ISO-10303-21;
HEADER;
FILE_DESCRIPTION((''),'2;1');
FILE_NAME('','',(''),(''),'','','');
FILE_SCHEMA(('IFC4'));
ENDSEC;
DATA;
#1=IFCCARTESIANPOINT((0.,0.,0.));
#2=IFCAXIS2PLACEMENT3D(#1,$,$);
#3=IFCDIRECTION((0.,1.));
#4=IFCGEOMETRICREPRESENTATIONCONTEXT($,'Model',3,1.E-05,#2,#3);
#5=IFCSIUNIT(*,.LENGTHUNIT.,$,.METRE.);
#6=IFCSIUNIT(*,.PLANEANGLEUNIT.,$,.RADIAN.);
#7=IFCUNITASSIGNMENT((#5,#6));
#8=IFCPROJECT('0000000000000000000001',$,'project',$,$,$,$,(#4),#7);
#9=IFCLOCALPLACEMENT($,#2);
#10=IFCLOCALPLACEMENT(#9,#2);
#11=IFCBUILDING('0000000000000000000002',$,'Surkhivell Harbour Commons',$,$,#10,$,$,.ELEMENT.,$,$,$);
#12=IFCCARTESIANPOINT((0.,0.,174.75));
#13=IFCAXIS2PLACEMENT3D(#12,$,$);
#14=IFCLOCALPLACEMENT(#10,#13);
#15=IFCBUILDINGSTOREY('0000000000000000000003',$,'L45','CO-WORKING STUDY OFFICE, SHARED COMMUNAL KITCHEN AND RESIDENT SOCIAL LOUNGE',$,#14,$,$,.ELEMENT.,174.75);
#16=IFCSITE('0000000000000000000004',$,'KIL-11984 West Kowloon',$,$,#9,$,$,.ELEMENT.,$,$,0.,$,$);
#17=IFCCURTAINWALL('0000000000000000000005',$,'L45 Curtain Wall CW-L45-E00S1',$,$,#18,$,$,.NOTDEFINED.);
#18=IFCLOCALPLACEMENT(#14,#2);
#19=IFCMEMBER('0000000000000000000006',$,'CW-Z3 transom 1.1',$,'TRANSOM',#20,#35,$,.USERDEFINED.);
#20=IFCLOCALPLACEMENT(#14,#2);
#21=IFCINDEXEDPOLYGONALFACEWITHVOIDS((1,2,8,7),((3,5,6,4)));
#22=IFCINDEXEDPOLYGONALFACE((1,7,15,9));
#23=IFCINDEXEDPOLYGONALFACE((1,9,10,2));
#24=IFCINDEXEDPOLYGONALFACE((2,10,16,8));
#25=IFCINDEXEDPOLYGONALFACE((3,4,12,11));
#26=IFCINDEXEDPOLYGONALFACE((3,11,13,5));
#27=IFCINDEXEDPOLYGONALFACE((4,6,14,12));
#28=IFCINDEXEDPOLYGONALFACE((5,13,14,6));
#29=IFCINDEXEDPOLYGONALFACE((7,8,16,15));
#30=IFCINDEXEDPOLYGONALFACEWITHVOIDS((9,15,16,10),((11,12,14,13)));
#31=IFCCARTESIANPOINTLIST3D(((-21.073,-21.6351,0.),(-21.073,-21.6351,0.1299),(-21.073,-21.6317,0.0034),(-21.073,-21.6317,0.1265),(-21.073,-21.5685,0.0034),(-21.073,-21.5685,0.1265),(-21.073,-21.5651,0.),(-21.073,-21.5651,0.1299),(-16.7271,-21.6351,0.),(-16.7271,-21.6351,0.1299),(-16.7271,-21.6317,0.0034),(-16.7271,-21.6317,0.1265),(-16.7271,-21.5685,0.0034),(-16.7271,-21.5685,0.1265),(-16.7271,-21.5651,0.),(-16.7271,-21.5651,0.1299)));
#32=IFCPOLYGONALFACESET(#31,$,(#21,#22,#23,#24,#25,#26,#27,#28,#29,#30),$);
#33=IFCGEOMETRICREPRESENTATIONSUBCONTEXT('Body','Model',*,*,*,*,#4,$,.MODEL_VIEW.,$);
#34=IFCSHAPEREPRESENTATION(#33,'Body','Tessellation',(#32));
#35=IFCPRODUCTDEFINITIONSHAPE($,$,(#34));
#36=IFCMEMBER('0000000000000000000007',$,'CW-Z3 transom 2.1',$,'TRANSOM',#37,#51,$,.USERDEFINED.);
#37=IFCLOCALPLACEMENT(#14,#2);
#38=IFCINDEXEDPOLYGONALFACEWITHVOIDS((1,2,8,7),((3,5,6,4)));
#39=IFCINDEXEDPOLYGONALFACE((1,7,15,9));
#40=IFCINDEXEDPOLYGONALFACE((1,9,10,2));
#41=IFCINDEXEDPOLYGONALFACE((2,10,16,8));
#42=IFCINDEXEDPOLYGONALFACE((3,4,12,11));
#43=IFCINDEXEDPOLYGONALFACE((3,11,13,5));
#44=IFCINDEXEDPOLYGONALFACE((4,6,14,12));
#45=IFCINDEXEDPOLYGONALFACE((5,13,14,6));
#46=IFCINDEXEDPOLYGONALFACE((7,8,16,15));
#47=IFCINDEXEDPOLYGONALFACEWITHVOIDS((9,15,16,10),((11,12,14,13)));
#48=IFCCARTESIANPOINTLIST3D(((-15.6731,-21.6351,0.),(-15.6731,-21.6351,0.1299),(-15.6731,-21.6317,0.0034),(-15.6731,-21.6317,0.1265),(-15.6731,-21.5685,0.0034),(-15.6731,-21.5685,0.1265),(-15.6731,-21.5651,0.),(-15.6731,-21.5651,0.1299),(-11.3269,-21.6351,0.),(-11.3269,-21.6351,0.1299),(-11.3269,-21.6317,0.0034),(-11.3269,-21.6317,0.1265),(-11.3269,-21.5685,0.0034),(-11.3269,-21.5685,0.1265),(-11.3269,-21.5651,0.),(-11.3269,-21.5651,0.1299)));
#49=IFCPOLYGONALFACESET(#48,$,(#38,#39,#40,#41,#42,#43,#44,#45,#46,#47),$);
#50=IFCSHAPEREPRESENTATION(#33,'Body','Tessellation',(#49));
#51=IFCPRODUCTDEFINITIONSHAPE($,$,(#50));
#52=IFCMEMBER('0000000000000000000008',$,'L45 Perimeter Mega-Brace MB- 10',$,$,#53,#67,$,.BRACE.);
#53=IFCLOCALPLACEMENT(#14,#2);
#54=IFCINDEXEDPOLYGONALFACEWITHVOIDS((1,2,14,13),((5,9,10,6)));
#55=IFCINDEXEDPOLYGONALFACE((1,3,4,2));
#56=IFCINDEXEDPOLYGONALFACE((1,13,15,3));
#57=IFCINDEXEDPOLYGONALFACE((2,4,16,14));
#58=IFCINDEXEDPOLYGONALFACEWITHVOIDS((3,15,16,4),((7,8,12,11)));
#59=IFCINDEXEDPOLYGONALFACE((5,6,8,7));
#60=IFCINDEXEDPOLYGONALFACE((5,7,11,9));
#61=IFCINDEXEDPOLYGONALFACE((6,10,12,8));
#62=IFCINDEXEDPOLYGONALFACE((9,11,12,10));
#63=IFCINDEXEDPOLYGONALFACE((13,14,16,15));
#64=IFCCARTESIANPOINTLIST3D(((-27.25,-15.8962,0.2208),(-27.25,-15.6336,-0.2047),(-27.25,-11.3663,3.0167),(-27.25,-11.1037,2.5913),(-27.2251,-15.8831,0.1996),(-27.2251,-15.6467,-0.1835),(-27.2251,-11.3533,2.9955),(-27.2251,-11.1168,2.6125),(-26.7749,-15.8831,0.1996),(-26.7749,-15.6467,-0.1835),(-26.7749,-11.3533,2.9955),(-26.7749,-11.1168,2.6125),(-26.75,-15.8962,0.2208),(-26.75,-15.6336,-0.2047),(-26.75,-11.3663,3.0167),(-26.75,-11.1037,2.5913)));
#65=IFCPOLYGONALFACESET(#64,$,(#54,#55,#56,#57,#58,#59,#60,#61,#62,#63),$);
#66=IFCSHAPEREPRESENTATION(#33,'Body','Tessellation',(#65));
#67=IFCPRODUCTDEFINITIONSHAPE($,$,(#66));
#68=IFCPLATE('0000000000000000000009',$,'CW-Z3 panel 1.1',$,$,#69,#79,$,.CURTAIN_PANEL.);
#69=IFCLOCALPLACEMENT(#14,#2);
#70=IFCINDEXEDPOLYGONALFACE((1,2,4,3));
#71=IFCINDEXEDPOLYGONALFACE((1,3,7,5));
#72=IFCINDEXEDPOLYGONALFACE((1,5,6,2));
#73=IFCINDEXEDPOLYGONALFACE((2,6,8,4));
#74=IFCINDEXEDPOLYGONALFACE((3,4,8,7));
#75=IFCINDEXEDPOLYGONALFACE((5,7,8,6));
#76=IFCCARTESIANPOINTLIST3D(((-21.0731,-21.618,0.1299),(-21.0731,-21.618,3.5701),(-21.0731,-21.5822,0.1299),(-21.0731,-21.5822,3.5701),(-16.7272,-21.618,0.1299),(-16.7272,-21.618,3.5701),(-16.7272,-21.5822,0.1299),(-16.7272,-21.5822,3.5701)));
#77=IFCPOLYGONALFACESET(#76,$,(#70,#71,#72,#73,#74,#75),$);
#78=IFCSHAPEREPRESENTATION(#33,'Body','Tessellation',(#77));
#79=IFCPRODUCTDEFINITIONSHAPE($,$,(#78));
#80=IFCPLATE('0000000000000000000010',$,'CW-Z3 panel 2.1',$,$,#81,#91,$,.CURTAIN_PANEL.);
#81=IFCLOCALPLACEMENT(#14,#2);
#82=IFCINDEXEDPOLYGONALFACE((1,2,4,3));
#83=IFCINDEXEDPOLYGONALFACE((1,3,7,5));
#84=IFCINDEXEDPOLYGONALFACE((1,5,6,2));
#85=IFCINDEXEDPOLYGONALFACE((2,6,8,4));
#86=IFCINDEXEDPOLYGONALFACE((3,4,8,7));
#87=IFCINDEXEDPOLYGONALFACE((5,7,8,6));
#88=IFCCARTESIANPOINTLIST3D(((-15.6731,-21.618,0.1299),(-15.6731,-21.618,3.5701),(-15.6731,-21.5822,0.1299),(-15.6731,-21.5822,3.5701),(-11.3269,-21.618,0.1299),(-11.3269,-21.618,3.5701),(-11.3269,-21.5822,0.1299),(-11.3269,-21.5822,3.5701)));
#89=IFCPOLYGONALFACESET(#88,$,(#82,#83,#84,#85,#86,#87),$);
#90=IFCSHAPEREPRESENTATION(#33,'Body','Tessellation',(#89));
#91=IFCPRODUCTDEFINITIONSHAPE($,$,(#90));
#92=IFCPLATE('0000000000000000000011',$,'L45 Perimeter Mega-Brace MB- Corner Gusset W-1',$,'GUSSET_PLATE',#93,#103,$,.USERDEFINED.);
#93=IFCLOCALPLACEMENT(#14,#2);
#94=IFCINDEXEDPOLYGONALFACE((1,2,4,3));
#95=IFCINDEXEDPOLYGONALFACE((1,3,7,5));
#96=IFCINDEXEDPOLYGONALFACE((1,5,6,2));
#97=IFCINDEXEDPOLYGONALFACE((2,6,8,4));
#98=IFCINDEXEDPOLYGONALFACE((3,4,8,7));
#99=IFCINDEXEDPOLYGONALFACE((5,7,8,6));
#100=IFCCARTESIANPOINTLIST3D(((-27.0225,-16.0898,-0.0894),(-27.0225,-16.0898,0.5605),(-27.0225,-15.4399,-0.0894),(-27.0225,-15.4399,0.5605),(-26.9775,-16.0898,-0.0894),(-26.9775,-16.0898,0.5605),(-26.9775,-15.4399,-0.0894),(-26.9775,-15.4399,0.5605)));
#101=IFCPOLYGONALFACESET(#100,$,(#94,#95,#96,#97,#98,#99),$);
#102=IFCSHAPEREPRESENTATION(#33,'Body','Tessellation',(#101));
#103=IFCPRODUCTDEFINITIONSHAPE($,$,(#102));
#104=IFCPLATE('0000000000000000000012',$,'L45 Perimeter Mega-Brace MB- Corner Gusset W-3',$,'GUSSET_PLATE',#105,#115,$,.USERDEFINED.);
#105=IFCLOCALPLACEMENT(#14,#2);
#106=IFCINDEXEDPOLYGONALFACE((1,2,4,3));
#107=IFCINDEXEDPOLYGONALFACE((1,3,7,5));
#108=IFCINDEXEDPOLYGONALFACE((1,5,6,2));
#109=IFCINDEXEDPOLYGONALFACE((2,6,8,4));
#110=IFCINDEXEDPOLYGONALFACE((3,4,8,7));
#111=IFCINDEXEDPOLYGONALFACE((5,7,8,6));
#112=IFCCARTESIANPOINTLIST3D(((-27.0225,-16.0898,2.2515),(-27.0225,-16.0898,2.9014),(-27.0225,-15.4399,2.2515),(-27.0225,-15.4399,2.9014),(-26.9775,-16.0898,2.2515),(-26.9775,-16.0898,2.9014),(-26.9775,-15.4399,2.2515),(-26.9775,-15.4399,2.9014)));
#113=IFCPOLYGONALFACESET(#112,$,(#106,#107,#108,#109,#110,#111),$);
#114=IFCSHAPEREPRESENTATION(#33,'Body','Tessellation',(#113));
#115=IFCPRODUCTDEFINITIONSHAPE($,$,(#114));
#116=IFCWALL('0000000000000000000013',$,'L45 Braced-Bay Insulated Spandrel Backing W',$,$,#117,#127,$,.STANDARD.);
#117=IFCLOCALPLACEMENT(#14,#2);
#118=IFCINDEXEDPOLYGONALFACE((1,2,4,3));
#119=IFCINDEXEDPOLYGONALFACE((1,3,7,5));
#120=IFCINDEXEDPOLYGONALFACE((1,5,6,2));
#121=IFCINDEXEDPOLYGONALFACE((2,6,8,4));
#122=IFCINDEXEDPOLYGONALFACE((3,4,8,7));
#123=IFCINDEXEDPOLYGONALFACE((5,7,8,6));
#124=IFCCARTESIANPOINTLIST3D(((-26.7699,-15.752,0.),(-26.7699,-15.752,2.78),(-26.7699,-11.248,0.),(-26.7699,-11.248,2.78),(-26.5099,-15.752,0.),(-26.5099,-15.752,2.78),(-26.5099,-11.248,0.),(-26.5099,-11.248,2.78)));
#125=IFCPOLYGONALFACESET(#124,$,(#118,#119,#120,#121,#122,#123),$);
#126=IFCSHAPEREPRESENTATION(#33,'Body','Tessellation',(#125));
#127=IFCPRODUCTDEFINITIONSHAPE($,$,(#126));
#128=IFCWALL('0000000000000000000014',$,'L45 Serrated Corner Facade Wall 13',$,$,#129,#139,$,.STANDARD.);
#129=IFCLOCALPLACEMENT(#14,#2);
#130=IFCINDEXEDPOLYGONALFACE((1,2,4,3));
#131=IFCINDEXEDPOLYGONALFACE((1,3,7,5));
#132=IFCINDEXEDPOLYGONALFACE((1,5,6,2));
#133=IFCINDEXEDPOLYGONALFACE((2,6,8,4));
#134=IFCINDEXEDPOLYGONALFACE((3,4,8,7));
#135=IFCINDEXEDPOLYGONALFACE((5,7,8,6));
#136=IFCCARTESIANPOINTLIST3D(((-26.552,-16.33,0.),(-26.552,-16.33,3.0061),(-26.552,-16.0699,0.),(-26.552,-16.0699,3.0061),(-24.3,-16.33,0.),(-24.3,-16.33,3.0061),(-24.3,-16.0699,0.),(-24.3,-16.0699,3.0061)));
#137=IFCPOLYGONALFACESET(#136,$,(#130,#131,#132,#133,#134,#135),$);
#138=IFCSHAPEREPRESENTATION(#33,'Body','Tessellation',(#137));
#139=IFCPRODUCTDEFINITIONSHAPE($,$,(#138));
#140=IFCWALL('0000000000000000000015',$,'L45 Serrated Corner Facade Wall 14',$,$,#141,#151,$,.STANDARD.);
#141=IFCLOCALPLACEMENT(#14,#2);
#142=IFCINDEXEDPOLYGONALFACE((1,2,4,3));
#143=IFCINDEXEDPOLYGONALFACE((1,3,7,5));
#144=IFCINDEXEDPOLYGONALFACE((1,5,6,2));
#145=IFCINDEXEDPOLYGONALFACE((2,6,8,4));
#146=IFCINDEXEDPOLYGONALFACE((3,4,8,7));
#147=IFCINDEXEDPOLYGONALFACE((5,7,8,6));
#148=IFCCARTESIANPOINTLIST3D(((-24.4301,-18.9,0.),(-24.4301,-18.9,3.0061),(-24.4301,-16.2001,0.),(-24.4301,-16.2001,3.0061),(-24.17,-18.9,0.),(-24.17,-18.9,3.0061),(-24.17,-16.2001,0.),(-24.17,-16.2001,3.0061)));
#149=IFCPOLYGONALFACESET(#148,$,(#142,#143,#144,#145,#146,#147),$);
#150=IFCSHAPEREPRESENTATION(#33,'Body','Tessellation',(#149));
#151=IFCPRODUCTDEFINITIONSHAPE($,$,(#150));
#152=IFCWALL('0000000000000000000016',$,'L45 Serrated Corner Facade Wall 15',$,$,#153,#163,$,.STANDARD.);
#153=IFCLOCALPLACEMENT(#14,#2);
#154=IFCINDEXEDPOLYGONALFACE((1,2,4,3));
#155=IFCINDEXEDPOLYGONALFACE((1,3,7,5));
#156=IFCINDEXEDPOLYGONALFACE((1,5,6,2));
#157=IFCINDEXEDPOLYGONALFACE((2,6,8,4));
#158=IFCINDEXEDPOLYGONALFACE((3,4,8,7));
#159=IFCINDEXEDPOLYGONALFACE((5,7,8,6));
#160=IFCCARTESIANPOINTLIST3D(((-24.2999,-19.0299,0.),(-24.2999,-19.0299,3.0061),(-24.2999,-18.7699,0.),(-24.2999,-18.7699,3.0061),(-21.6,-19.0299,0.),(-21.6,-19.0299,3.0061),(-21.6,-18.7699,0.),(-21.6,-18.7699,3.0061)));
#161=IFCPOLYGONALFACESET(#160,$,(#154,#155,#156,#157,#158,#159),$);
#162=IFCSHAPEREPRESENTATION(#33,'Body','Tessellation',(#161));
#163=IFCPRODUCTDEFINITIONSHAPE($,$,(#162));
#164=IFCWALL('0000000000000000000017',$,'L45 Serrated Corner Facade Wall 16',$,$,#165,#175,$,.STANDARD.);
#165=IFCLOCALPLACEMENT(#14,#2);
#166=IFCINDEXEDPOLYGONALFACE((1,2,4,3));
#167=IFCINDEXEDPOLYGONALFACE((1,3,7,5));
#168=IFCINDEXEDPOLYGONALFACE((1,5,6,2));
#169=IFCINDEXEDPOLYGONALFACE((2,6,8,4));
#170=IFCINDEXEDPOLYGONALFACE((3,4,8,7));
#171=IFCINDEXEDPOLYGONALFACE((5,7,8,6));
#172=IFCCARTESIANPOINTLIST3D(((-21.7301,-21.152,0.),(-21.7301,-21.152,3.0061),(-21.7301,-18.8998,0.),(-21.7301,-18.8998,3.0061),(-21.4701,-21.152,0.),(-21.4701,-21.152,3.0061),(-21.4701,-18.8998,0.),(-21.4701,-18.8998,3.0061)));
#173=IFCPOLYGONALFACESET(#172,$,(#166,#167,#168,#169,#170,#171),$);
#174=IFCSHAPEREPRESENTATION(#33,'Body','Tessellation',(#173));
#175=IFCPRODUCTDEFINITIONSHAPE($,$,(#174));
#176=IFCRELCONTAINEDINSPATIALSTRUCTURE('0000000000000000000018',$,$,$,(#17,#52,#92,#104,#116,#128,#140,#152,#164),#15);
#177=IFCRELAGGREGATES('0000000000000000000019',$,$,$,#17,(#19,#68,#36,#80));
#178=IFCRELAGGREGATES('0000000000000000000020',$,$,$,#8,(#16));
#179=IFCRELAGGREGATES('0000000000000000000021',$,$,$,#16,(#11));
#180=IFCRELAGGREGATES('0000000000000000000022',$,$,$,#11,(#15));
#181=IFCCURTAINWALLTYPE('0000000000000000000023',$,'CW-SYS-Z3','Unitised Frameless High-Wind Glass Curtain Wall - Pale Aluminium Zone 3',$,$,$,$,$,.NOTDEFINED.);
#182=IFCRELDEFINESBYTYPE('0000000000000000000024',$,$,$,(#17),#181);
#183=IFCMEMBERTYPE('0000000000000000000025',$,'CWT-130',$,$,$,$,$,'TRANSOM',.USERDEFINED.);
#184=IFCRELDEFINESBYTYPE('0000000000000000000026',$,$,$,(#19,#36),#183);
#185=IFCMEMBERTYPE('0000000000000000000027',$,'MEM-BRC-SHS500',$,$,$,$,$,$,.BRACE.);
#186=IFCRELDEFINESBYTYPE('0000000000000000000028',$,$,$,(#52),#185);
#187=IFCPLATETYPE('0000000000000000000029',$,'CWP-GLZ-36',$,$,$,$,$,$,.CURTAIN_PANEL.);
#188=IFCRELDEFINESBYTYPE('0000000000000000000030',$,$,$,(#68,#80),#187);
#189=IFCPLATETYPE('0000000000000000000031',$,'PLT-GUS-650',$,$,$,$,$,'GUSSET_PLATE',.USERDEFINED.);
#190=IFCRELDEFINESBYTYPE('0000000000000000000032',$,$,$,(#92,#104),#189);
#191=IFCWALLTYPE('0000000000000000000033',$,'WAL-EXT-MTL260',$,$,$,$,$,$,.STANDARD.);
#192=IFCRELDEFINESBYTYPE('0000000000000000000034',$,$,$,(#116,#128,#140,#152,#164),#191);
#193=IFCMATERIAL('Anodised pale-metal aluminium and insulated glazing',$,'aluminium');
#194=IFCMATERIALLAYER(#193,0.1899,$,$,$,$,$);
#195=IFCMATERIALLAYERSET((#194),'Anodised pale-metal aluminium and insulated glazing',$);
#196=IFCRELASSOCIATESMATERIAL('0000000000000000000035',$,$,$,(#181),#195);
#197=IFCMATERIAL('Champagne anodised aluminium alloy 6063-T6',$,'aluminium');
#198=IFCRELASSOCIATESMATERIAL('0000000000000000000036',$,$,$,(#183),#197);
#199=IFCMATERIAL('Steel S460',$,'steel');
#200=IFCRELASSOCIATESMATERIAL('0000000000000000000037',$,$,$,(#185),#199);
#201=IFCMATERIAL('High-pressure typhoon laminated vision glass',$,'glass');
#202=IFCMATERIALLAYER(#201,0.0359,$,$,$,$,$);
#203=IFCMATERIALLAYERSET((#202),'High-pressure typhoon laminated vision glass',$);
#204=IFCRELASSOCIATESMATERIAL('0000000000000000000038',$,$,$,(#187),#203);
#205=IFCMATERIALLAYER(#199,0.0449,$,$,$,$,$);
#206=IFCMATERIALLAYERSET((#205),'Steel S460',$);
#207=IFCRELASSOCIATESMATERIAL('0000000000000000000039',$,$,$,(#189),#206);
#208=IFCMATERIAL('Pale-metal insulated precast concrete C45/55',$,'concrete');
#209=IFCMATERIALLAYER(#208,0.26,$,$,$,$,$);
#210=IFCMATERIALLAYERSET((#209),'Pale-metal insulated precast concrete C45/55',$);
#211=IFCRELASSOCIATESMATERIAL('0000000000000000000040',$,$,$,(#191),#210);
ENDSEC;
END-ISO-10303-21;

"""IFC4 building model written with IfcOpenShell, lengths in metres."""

from ifc_helpers import new_model, si_unit, direction, frame, frame_2d, origin, origin_2d, place, context, subcontext, project, spatial, rectangle, hollow_rectangle, extrude, material, layer, layer_set, material_profile, profile_set, type_object, element, aggregate, save


model = new_model("IFC4")

# Units and contexts
model_context = context("Model", 3, precision=1e-05, world=origin(), true_north=direction((0.0, 1.0)))
body_context = subcontext(model_context, "Body", "Model", "MODEL_VIEW")
ifc_project = project(units=[si_unit("LENGTHUNIT", "METRE"), si_unit("PLANEANGLEUNIT", "RADIAN")], contexts=[model_context])

# Site, building, storey
site_placement = place(None, origin())
site = spatial("IfcSite", under=ifc_project, at=site_placement, Name="KIL-11984 West Kowloon", CompositionType="ELEMENT", RefElevation=0.0)
building_placement = place(site_placement, origin())
building = spatial("IfcBuilding", under=site, at=building_placement, Name="Surkhivell Harbour Commons", CompositionType="ELEMENT")
storey_placement = place(building_placement, frame((0.0, 0.0, 174.75)))
storey = spatial("IfcBuildingStorey", under=building, at=storey_placement, Name="L45", Description="CO-WORKING STUDY OFFICE, SHARED COMMUNAL KITCHEN AND RESIDENT SOCIAL LOUNGE", CompositionType="ELEMENT", Elevation=174.75)

# Curtain wall, members
ifc_material_1 = material(Name="Anodised pale-metal aluminium and insulated glazing", Category="aluminium")
ifc_layer_1 = layer(ifc_material_1, 0.1899)
ifc_layer_set_1 = layer_set([ifc_layer_1], Name="Anodised pale-metal aluminium and insulated glazing")
curtain_wall_type = type_object("IfcCurtainWallType", Name="CW-SYS-Z3", Description="Unitised Frameless High-Wind Glass Curtain Wall - Pale Aluminium Zone 3", PredefinedType="NOTDEFINED", material=ifc_layer_set_1)
curtain_wall_placement = place(storey_placement, origin())
curtain_wall = element("IfcCurtainWall", 1, at=curtain_wall_placement, inside=storey, type_object=curtain_wall_type, Name="L45 Curtain Wall CW-L45-E00S1", PredefinedType="NOTDEFINED")
ifc_material_2 = material(Name="Champagne anodised aluminium alloy 6063-T6", Category="aluminium")
ifc_material_profile_1 = material_profile(ifc_material_2, hollow_rectangle(XDim=0.0701, YDim=0.1299, WallThickness=0.0034, at=origin_2d()), Name="ALU-TRAN-70x130")
ifc_profile_set_1 = profile_set([ifc_material_profile_1], Name="Champagne anodised aluminium alloy 6063-T6")
member_type_1 = type_object("IfcMemberType", Name="CWT-130", ElementType="TRANSOM", PredefinedType="USERDEFINED", material=ifc_profile_set_1)
member_1_placement = place(storey_placement, frame((-21.073, -21.6001, 0.0649), z_axis=(1.0, 0.0, 0.0), x_axis=(0.0, 1.0, 0.0)))
member_1 = element("IfcMember", 2, at=member_1_placement, type_object=member_type_1, Name="CW-Z3 transom 1.1", ObjectType="TRANSOM", PredefinedType="USERDEFINED", context=body_context, shape_type="SweptSolid", body=[
    extrude(hollow_rectangle(XDim=0.0701, YDim=0.1299, WallThickness=0.0034, at=origin_2d()), origin(), (0.0, 0.0, 1.0), 4.3459),
])
member_2_placement = place(storey_placement, frame((-15.6731, -21.6001, 0.0649), z_axis=(1.0, 0.0, 0.0), x_axis=(0.0, 1.0, 0.0)))
member_2 = element("IfcMember", 3, at=member_2_placement, type_object=member_type_1, Name="CW-Z3 transom 2.1", ObjectType="TRANSOM", PredefinedType="USERDEFINED", context=body_context, shape_type="SweptSolid", body=[
    extrude(hollow_rectangle(XDim=0.0701, YDim=0.1299, WallThickness=0.0034, at=origin_2d()), origin(), (0.0, 0.0, 1.0), 4.3462),
])

# Member
ifc_material_3 = material(Name="Steel S460", Category="steel")
ifc_material_profile_2 = material_profile(ifc_material_3, hollow_rectangle(XDim=0.5, YDim=0.5, WallThickness=0.0249, at=origin_2d()), Name="SHS500x500x25")
ifc_profile_set_2 = profile_set([ifc_material_profile_2], Name="Steel S460")
member_type_2 = type_object("IfcMemberType", Name="MEM-BRC-SHS500", PredefinedType="BRACE", material=ifc_profile_set_2)
member_3_placement = place(storey_placement, frame((-27.0, -15.7649, 0.0081), z_axis=(0.0, 0.850958, 0.525233), x_axis=(-1.0, 0.0, 0.0)))
element("IfcMember", 4, at=member_3_placement, inside=storey, type_object=member_type_2, Name="L45 Perimeter Mega-Brace MB- 10", PredefinedType="BRACE", context=body_context, shape_type="SweptSolid", body=[
    extrude(hollow_rectangle(XDim=0.5, YDim=0.5, WallThickness=0.0249, at=origin_2d()), origin(), (0.0, 0.0, 1.0), 5.3232),
])

# Plates
ifc_material_4 = material(Name="High-pressure typhoon laminated vision glass", Category="glass")
ifc_layer_2 = layer(ifc_material_4, 0.0359)
ifc_layer_set_2 = layer_set([ifc_layer_2], Name="High-pressure typhoon laminated vision glass")
plate_type_1 = type_object("IfcPlateType", Name="CWP-GLZ-36", PredefinedType="CURTAIN_PANEL", material=ifc_layer_set_2)
plate_1_placement = place(storey_placement, frame((-21.073, -21.6001, 0.1299), z_axis=(0.0, 0.0, 1.0), x_axis=(1.0, 0.0, 0.0)))
plate_1 = element("IfcPlate", 5, at=plate_1_placement, type_object=plate_type_1, Name="CW-Z3 panel 1.1", PredefinedType="CURTAIN_PANEL", context=body_context, shape_type="SweptSolid", body=[
    extrude(rectangle(XDim=4.3459, YDim=0.0359, at=frame_2d((2.1729, 0.0))), origin(), (0.0, 0.0, 1.0), 3.4402),
])
plate_2_placement = place(storey_placement, frame((-15.6731, -21.6001, 0.1299), z_axis=(0.0, 0.0, 1.0), x_axis=(1.0, 0.0, 0.0)))
plate_2 = element("IfcPlate", 6, at=plate_2_placement, type_object=plate_type_1, Name="CW-Z3 panel 2.1", PredefinedType="CURTAIN_PANEL", context=body_context, shape_type="SweptSolid", body=[
    extrude(rectangle(XDim=4.3462, YDim=0.0359, at=frame_2d((2.1731, 0.0))), origin(), (0.0, 0.0, 1.0), 3.4402),
])
aggregate(curtain_wall, [member_1, plate_1, member_2, plate_2])

# Plates
ifc_layer_3 = layer(ifc_material_3, 0.0449)
ifc_layer_set_3 = layer_set([ifc_layer_3], Name="Steel S460")
plate_type_2 = type_object("IfcPlateType", Name="PLT-GUS-650", ElementType="GUSSET_PLATE", PredefinedType="USERDEFINED", material=ifc_layer_set_3)
for number, where, z_axis, x_axis, name in (
    (7, (-27.0, -15.7649, -0.0894), (0.0, 0.0, 1.0), (0.0, 1.0, 0.0), "L45 Perimeter Mega-Brace MB- Corner Gusset W-1"),
    (8, (-27.0, -15.7649, 2.2515), (0.0, 0.0, 1.0), (0.0, 1.0, 0.0), "L45 Perimeter Mega-Brace MB- Corner Gusset W-3"),
):
    element("IfcPlate", number, at=place(storey_placement, frame(where, z_axis=z_axis, x_axis=x_axis)), inside=storey, type_object=plate_type_2, Name=name, ObjectType="GUSSET_PLATE", PredefinedType="USERDEFINED", context=body_context, shape_type="SweptSolid", body=[
        extrude(rectangle(XDim=0.6499, YDim=0.0449, at=origin_2d()), origin(), (0.0, 0.0, 1.0), 0.6499),
    ])

# Walls
ifc_material_5 = material(Name="Pale-metal insulated precast concrete C45/55", Category="concrete")
ifc_layer_4 = layer(ifc_material_5, 0.26)
ifc_layer_set_4 = layer_set([ifc_layer_4], Name="Pale-metal insulated precast concrete C45/55")
wall_type = type_object("IfcWallType", Name="WAL-EXT-MTL260", PredefinedType="STANDARD", material=ifc_layer_set_4)
wall_1_placement = place(storey_placement, frame((-26.6399, -15.752, 0.0), z_axis=(0.0, 0.0, 1.0), x_axis=(0.0, 1.0, 0.0)))
element("IfcWall", 9, at=wall_1_placement, inside=storey, type_object=wall_type, Name="L45 Braced-Bay Insulated Spandrel Backing W", PredefinedType="STANDARD", context=body_context, shape_type="SweptSolid", body=[
    extrude(rectangle(XDim=4.5039, YDim=0.26, at=frame_2d((2.252, 0.0))), origin(), (0.0, 0.0, 1.0), 2.78),
])
wall_2_placement = place(storey_placement, frame((-26.552, -16.2, 0.0), z_axis=(0.0, 0.0, 1.0), x_axis=(1.0, 0.0, 0.0)))
element("IfcWall", 10, at=wall_2_placement, inside=storey, type_object=wall_type, Name="L45 Serrated Corner Facade Wall 13", PredefinedType="STANDARD", context=body_context, shape_type="SweptSolid", body=[
    extrude(rectangle(XDim=2.252, YDim=0.26, at=frame_2d((1.126, 0.0))), origin(), (0.0, 0.0, 1.0), 3.0061),
])
for number, where, z_axis, x_axis, name in (
    (11, (-24.3, -16.2, 0.0), (0.0, 0.0, 1.0), (0.0, -1.0, 0.0), "L45 Serrated Corner Facade Wall 14"),
    (12, (-24.3, -18.8999, 0.0), (0.0, 0.0, 1.0), (1.0, 0.0, 0.0), "L45 Serrated Corner Facade Wall 15"),
):
    element("IfcWall", number, at=place(storey_placement, frame(where, z_axis=z_axis, x_axis=x_axis)), inside=storey, type_object=wall_type, Name=name, PredefinedType="STANDARD", context=body_context, shape_type="SweptSolid", body=[
        extrude(rectangle(XDim=2.7, YDim=0.26, at=frame_2d((1.3501, 0.0))), origin(), (0.0, 0.0, 1.0), 3.0061),
    ])
wall_3_placement = place(storey_placement, frame((-21.6001, -18.8999, 0.0), z_axis=(0.0, 0.0, 1.0), x_axis=(0.0, -1.0, 0.0)))
element("IfcWall", 13, at=wall_3_placement, inside=storey, type_object=wall_type, Name="L45 Serrated Corner Facade Wall 16", PredefinedType="STANDARD", context=body_context, shape_type="SweptSolid", body=[
    extrude(rectangle(XDim=2.2522, YDim=0.26, at=frame_2d((1.126, 0.0))), origin(), (0.0, 0.0, 1.0), 3.0061),
])

save(model, "model.ifc")
